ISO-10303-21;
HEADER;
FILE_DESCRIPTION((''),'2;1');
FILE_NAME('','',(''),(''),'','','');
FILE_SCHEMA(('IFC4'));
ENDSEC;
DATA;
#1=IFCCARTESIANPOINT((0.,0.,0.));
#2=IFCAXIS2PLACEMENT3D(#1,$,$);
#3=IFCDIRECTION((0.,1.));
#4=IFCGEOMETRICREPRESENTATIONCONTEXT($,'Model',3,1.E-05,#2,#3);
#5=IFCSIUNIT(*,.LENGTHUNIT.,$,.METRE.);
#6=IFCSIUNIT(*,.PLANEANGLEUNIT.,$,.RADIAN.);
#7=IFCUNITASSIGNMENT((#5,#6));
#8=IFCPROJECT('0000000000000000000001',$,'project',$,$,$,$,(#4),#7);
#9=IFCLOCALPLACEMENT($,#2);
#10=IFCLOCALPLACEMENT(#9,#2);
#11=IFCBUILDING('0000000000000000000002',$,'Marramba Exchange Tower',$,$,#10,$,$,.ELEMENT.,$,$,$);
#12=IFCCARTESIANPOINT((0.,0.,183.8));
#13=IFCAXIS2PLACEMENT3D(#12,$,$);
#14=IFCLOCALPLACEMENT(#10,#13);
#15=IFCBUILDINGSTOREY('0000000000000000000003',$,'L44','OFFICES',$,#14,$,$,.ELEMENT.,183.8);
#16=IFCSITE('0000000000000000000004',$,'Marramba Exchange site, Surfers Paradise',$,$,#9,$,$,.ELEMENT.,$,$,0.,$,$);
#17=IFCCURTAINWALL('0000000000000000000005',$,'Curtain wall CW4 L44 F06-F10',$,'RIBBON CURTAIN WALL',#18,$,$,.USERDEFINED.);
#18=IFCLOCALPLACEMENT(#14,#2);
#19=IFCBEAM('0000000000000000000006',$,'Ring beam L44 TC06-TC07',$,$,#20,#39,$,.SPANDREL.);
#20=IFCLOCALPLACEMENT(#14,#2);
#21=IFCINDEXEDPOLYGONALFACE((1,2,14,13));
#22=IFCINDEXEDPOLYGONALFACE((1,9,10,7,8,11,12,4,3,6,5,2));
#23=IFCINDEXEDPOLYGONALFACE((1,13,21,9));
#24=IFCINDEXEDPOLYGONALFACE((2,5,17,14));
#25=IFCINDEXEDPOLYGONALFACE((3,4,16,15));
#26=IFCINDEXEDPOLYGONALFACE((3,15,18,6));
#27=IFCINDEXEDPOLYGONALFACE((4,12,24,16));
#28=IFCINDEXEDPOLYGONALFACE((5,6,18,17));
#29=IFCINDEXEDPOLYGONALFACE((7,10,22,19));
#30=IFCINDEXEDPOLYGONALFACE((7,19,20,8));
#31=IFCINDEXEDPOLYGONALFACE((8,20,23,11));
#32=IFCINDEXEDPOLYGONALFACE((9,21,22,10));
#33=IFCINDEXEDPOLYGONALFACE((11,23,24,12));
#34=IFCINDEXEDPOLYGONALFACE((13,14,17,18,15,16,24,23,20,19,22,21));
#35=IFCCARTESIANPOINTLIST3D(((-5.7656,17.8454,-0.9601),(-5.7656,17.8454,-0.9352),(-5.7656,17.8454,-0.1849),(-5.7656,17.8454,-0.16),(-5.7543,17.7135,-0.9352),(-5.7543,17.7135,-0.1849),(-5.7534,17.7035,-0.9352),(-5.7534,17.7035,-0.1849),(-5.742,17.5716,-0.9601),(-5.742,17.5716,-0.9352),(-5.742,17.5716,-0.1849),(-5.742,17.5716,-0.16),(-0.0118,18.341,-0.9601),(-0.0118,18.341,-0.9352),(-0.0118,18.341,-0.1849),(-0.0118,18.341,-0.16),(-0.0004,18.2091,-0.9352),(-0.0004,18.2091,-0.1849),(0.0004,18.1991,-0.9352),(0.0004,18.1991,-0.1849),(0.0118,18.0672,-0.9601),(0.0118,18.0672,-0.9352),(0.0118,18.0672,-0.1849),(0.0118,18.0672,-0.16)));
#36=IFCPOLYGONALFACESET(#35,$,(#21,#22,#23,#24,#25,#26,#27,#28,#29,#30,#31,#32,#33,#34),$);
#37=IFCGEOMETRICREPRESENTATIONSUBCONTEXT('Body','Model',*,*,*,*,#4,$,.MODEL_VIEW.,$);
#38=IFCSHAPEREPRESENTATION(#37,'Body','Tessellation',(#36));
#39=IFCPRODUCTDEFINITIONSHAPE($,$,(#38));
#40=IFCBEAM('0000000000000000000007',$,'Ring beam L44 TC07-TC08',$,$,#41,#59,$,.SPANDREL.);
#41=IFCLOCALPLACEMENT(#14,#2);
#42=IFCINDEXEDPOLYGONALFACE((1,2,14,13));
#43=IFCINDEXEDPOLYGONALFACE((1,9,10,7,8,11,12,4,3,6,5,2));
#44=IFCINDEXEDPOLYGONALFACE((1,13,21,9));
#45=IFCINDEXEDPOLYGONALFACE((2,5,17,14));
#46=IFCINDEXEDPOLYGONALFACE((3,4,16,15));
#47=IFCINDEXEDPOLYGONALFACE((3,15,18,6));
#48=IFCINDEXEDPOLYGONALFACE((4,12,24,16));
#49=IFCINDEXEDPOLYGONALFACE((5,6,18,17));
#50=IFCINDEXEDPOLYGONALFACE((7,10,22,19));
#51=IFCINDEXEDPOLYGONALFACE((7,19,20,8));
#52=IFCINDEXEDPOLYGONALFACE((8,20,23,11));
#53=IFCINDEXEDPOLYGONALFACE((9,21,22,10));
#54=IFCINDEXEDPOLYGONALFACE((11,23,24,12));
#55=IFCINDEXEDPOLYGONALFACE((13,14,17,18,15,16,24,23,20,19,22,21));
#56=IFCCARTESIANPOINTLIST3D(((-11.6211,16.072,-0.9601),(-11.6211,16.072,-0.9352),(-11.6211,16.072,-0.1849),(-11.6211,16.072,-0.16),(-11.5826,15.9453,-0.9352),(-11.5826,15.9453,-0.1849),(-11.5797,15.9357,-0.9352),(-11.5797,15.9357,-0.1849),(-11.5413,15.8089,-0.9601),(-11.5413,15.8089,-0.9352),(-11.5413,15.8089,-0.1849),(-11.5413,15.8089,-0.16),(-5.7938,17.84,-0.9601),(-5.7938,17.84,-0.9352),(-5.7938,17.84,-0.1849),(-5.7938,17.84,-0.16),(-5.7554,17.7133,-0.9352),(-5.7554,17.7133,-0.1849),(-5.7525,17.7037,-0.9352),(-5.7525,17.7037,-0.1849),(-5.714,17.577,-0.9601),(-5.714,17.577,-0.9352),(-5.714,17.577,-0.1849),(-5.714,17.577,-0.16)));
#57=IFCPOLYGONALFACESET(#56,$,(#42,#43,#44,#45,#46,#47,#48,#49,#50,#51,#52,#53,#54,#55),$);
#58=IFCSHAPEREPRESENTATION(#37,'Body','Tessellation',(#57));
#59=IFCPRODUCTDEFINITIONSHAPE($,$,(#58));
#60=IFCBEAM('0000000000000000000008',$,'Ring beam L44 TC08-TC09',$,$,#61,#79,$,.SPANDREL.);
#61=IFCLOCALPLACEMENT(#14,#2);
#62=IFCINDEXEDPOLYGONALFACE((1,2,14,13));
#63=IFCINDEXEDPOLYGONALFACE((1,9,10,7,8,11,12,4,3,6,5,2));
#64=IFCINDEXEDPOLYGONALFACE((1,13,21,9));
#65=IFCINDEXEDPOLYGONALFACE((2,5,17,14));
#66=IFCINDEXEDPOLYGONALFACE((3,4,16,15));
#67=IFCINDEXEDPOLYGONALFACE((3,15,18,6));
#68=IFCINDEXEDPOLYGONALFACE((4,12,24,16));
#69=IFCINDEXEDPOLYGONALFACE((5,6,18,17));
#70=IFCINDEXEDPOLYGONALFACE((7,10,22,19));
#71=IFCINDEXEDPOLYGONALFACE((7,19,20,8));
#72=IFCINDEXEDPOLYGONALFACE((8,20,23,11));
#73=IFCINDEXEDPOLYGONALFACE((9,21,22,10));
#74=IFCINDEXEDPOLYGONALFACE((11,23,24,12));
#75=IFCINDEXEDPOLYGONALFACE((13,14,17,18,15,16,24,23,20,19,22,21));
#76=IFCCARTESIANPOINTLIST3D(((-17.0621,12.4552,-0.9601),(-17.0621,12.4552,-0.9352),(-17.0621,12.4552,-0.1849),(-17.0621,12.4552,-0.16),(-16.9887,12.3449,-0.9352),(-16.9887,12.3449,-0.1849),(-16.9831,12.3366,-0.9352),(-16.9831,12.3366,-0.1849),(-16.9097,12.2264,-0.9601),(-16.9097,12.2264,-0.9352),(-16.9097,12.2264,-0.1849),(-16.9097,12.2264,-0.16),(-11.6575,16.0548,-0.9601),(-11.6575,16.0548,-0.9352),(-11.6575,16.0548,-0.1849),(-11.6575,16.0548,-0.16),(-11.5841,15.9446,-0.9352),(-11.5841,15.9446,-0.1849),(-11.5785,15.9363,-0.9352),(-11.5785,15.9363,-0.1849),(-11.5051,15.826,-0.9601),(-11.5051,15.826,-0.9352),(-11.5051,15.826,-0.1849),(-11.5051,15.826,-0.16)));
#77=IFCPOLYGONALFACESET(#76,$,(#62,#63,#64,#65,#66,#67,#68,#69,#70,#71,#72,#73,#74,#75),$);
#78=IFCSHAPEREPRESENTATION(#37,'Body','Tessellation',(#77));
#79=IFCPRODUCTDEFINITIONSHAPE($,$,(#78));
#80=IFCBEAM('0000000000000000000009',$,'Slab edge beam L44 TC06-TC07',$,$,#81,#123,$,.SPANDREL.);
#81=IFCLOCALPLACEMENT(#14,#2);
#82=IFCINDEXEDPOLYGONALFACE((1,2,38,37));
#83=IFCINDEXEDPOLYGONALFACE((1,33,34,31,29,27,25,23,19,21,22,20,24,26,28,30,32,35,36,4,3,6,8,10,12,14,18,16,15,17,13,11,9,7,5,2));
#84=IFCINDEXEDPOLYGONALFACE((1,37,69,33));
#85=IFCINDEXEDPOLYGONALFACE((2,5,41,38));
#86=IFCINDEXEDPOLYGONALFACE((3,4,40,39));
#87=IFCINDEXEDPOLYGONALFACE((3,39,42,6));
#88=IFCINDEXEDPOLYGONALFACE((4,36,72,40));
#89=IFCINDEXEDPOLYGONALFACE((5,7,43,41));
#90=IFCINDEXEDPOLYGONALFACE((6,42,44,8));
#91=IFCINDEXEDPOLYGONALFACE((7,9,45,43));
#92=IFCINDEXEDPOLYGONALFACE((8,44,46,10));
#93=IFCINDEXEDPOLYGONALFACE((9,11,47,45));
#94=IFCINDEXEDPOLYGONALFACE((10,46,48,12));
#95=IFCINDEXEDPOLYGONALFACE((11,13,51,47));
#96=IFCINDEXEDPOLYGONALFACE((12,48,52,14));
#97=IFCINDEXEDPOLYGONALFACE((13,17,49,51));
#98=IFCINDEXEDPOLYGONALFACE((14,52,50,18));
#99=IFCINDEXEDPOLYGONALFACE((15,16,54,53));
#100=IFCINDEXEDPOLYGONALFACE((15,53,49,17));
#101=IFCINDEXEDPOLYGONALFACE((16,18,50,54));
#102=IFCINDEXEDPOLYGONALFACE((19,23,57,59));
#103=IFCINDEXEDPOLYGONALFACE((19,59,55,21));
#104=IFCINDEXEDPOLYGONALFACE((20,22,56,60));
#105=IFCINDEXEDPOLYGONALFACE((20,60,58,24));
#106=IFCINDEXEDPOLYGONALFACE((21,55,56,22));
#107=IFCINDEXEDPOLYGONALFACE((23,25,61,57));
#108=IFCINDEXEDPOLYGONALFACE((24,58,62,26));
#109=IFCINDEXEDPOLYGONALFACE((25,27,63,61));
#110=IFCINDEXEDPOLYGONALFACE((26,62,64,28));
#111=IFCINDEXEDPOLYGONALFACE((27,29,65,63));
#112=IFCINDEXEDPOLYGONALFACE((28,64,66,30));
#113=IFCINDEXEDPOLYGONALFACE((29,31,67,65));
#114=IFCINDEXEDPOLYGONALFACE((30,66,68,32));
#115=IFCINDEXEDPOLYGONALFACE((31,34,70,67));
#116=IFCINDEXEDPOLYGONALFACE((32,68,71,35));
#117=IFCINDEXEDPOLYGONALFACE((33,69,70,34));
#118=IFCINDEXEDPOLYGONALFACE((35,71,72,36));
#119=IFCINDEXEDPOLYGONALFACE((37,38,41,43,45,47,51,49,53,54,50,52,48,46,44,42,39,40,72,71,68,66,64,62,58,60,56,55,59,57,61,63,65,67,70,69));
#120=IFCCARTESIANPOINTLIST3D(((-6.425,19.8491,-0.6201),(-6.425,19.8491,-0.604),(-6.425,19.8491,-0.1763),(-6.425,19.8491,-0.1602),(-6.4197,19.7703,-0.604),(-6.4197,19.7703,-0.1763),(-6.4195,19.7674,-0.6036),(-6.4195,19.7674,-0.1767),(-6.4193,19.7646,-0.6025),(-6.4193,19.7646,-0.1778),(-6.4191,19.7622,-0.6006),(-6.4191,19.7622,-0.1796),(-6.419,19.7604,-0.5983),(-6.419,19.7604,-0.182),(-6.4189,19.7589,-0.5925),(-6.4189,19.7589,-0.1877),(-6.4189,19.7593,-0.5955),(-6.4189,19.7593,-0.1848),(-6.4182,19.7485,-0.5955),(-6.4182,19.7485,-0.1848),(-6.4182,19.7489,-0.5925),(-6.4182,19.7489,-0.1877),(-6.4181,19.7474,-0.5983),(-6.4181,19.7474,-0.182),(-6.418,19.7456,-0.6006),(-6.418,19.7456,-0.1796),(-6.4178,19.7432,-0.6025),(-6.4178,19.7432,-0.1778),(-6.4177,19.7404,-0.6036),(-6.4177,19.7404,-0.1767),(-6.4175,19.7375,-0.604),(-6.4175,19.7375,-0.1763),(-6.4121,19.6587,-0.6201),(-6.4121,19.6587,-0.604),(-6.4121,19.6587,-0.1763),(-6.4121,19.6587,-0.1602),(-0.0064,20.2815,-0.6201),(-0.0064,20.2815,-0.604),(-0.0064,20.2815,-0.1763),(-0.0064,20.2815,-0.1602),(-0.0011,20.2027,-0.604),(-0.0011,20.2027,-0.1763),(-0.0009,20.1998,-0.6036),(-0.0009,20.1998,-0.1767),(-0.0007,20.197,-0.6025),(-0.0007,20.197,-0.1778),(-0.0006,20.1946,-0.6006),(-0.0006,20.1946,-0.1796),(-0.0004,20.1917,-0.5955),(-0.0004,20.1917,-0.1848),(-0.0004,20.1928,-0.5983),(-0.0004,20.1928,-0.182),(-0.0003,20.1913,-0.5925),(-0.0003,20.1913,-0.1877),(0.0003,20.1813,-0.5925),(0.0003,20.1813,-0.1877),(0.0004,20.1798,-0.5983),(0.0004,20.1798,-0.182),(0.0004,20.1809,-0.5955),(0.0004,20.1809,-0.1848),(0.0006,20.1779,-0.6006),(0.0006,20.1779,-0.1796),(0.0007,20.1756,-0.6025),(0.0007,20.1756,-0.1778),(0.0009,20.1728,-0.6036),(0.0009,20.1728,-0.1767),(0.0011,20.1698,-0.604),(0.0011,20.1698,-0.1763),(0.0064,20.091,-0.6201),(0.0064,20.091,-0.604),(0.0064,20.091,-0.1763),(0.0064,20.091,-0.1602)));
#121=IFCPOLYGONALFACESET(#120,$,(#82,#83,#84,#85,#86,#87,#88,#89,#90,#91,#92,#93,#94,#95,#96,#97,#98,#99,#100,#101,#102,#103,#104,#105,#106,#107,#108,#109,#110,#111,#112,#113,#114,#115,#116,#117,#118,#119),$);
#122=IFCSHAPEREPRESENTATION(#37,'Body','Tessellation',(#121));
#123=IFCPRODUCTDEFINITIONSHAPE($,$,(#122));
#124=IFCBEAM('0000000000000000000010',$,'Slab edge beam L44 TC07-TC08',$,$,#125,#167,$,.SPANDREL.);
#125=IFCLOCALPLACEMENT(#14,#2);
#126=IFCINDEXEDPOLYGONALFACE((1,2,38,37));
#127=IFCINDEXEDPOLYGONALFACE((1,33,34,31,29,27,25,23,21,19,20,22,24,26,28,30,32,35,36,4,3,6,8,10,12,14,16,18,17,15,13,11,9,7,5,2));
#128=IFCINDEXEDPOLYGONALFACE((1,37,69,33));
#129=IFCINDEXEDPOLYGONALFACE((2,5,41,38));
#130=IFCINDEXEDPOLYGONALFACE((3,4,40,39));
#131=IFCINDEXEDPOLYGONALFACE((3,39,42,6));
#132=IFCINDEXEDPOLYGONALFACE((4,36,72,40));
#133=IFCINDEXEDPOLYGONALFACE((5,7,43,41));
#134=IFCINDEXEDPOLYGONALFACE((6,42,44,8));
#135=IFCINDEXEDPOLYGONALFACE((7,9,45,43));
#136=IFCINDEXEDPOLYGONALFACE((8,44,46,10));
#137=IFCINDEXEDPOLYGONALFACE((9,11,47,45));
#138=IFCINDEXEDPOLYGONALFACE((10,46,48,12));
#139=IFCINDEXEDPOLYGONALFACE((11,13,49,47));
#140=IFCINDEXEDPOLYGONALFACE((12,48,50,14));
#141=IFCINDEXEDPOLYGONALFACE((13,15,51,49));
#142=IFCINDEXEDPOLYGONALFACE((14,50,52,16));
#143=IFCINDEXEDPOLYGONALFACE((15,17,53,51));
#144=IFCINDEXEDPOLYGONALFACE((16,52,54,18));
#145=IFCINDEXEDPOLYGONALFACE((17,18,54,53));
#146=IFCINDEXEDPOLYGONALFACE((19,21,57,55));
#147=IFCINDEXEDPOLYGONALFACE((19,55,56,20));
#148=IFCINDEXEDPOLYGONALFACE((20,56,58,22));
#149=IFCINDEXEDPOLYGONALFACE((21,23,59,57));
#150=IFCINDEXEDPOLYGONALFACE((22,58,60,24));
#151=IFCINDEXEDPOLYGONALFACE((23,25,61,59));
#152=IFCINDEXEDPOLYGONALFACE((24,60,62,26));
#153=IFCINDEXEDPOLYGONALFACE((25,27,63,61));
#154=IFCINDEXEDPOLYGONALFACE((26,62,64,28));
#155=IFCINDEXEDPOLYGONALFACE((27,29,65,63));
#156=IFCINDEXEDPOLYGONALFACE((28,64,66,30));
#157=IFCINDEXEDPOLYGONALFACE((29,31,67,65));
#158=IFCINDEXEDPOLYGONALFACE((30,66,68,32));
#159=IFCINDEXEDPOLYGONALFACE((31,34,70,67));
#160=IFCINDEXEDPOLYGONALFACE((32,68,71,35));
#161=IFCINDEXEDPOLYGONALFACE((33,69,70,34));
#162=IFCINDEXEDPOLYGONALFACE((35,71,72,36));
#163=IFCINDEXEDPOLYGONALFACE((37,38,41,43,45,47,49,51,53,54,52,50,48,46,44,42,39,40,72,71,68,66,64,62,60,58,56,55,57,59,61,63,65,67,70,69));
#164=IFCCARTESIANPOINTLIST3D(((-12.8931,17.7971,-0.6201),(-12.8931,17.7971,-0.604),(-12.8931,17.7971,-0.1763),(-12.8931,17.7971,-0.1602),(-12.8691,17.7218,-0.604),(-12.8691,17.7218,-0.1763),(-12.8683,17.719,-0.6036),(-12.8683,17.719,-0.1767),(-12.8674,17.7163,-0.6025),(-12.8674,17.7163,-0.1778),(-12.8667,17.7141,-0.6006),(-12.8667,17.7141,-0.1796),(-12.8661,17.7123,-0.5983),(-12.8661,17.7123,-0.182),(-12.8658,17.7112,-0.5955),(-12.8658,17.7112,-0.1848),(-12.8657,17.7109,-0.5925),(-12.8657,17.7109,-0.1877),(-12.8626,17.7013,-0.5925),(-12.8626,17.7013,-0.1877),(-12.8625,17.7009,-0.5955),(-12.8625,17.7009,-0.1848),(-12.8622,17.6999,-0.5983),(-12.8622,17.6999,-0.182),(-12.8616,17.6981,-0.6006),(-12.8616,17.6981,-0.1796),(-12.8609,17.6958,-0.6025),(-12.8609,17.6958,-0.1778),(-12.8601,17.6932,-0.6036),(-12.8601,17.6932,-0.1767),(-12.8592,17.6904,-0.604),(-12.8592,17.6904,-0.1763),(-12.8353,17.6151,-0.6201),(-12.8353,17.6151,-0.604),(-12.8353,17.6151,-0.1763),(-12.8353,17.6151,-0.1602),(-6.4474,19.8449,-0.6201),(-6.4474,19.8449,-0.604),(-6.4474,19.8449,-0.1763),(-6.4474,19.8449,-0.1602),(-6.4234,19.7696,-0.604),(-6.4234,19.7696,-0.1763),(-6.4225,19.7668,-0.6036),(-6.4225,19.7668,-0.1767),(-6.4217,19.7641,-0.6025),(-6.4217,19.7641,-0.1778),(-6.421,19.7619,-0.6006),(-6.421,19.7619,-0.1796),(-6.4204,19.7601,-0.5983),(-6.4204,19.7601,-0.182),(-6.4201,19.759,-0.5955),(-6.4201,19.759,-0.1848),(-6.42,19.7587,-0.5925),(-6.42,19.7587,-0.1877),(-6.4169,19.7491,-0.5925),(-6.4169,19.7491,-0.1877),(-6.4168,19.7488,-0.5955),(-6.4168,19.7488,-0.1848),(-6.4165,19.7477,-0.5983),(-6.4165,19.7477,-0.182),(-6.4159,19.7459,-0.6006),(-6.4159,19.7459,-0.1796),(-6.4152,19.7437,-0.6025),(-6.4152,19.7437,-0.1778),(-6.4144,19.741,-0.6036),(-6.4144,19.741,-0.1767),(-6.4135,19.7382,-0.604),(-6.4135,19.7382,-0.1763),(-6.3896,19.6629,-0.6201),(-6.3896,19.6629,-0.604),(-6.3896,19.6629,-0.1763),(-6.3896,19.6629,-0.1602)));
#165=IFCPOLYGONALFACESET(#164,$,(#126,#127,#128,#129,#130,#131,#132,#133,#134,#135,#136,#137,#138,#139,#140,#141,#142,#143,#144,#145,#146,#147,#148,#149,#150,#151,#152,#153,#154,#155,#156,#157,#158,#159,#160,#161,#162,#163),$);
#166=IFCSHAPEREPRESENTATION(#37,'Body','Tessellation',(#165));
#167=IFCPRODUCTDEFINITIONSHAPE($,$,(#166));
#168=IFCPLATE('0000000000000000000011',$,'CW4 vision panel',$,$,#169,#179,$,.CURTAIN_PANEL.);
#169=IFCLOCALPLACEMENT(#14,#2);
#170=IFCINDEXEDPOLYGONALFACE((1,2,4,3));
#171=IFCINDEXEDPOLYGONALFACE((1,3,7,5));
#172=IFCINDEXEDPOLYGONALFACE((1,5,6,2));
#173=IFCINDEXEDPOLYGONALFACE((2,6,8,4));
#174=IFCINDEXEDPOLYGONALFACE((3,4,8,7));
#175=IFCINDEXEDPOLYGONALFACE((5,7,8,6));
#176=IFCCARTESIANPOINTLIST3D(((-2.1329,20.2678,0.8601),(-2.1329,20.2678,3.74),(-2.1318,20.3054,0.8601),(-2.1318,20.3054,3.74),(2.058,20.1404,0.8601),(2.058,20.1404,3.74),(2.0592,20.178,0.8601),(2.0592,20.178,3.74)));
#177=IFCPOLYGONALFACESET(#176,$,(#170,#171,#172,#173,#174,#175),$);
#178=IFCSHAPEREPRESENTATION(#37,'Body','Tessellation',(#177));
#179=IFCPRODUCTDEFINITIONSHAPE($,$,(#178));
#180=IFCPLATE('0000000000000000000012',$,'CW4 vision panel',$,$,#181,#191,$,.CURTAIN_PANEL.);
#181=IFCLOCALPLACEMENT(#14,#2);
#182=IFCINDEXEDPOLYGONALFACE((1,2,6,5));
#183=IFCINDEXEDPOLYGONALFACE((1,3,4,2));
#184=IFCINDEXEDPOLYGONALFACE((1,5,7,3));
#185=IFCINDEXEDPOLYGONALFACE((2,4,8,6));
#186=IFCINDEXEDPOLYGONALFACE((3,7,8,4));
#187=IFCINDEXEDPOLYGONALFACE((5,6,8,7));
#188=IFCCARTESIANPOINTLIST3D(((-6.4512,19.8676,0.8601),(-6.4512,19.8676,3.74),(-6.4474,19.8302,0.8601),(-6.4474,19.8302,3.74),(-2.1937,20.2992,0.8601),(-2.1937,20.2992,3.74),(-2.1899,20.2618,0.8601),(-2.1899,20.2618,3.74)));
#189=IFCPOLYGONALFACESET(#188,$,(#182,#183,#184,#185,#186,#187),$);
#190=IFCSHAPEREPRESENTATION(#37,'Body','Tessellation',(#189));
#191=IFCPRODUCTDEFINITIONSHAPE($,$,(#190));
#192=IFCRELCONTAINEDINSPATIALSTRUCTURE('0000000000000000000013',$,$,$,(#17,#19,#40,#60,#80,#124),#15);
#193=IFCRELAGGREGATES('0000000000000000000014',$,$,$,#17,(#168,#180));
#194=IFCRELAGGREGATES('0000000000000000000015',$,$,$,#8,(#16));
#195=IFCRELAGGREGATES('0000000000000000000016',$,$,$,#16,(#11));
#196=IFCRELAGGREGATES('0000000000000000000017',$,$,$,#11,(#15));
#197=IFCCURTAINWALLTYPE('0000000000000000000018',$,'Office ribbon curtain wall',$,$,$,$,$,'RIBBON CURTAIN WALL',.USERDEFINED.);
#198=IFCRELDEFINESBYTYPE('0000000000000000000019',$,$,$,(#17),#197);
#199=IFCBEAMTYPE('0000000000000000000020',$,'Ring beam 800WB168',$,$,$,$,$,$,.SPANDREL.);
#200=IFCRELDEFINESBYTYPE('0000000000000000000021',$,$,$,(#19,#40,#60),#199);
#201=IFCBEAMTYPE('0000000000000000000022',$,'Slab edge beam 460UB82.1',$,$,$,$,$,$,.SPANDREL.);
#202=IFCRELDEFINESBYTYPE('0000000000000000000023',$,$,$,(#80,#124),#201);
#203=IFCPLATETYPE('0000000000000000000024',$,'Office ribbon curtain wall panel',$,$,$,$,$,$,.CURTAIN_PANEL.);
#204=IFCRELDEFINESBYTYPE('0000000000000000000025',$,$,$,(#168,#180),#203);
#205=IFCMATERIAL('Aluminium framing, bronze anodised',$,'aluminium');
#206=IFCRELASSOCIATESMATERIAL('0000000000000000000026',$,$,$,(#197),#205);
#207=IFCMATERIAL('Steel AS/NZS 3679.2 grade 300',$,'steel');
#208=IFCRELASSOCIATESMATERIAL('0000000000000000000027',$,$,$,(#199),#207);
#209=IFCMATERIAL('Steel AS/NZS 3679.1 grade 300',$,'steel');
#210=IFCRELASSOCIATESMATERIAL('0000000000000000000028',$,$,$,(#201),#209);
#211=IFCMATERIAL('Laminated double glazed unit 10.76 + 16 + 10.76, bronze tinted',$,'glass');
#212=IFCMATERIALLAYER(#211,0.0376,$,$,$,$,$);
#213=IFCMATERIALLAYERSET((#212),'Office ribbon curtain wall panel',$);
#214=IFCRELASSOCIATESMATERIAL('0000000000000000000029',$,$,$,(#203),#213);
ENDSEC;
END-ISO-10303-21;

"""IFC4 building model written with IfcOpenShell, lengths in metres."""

from ifc_helpers import new_model, si_unit, direction, frame, origin, origin_2d, place, context, subcontext, project, spatial, rectangle, i_section, extrude, material, layer, layer_set, material_profile, profile_set, type_object, element, aggregate, save


model = new_model("IFC4")

# Units and contexts
model_context = context("Model", 3, precision=1e-05, world=origin(), true_north=direction((0.0, 1.0)))
body_context = subcontext(model_context, "Body", "Model", "MODEL_VIEW")
ifc_project = project(units=[si_unit("LENGTHUNIT", "METRE"), si_unit("PLANEANGLEUNIT", "RADIAN")], contexts=[model_context])

# Site, building, storey
site_placement = place(None, origin())
site = spatial("IfcSite", under=ifc_project, at=site_placement, Name="Marramba Exchange site, Surfers Paradise", CompositionType="ELEMENT", RefElevation=0.0)
building_placement = place(site_placement, origin())
building = spatial("IfcBuilding", under=site, at=building_placement, Name="Marramba Exchange Tower", CompositionType="ELEMENT")
storey_placement = place(building_placement, frame((0.0, 0.0, 183.8)))
storey = spatial("IfcBuildingStorey", under=building, at=storey_placement, Name="L44", Description="OFFICES", CompositionType="ELEMENT", Elevation=183.8)

# Shared definitions
ifc_material_1 = material(Name="Steel AS/NZS 3679.2 grade 300", Category="steel")

# Curtain wall
ifc_material_2 = material(Name="Aluminium framing, bronze anodised", Category="aluminium")
curtain_wall_type = type_object("IfcCurtainWallType", Name="Office ribbon curtain wall", ElementType="RIBBON CURTAIN WALL", PredefinedType="USERDEFINED", material=ifc_material_2)
curtain_wall_1_placement = place(storey_placement, origin())
curtain_wall_1 = element("IfcCurtainWall", 1, at=curtain_wall_1_placement, inside=storey, type_object=curtain_wall_type, Name="Curtain wall CW4 L44 F06-F10", ObjectType="RIBBON CURTAIN WALL", PredefinedType="USERDEFINED")

# Beams
ifc_material_profile_1 = material_profile(ifc_material_1, i_section(OverallWidth=0.2749, OverallDepth=0.8, WebThickness=0.01, FlangeThickness=0.0249, at=origin_2d()), Name="800WB168")
ifc_profile_set_1 = profile_set([ifc_material_profile_1], Name="Steel AS/NZS 3679.2 grade 300")
beam_type_1 = type_object("IfcBeamType", Name="Ring beam 800WB168", PredefinedType="SPANDREL", material=ifc_profile_set_1)
beam_1_placement = place(storey_placement, frame((0.0, 18.2041, -0.5601), z_axis=(-0.996311, -0.085816, 0.0), x_axis=(0.085816, -0.996311, 0.0)))
element("IfcBeam", 2, at=beam_1_placement, inside=storey, type_object=beam_type_1, Name="Ring beam L44 TC06-TC07", PredefinedType="SPANDREL", context=body_context, shape_type="SweptSolid", body=[
    extrude(i_section(OverallWidth=0.2749, OverallDepth=0.8, WebThickness=0.01, FlangeThickness=0.0249, at=origin_2d()), origin(), (0.0, 0.0, 1.0), 5.7751),
])
beam_2_placement = place(storey_placement, frame((-5.7539, 17.7085, -0.5601), z_axis=(-0.956925, -0.290337, 0.0), x_axis=(0.290337, -0.956925, 0.0)))
element("IfcBeam", 3, at=beam_2_placement, inside=storey, type_object=beam_type_1, Name="Ring beam L44 TC07-TC08", PredefinedType="SPANDREL", context=body_context, shape_type="SweptSolid", body=[
    extrude(i_section(OverallWidth=0.2749, OverallDepth=0.8, WebThickness=0.01, FlangeThickness=0.0249, at=origin_2d()), origin(), (0.0, 0.0, 1.0), 6.0896),
])
beam_3_placement = place(storey_placement, frame((-11.5813, 15.9404, -0.5601), z_axis=(-0.832293, -0.554336, 0.0), x_axis=(0.554336, -0.832293, 0.0)))
element("IfcBeam", 4, at=beam_3_placement, inside=storey, type_object=beam_type_1, Name="Ring beam L44 TC08-TC09", PredefinedType="SPANDREL", context=body_context, shape_type="SweptSolid", body=[
    extrude(i_section(OverallWidth=0.2749, OverallDepth=0.8, WebThickness=0.01, FlangeThickness=0.0249, at=origin_2d()), origin(), (0.0, 0.0, 1.0), 6.4937),
])
ifc_material_3 = material(Name="Steel AS/NZS 3679.1 grade 300", Category="steel")
ifc_material_profile_2 = material_profile(ifc_material_3, i_section(OverallWidth=0.1909, OverallDepth=0.46, WebThickness=0.01, FlangeThickness=0.0161, FilletRadius=0.0115, at=origin_2d()), Name="460UB82.1")
ifc_profile_set_2 = profile_set([ifc_material_profile_2], Name="Steel AS/NZS 3679.1 grade 300")
beam_type_2 = type_object("IfcBeamType", Name="Slab edge beam 460UB82.1", PredefinedType="SPANDREL", material=ifc_profile_set_2)
beam_4_placement = place(storey_placement, frame((0.0, 20.1863, -0.3901), z_axis=(-0.997739, -0.067212, 0.0), x_axis=(0.067212, -0.997739, 0.0)))
element("IfcBeam", 5, at=beam_4_placement, inside=storey, type_object=beam_type_2, Name="Slab edge beam L44 TC06-TC07", PredefinedType="SPANDREL", context=body_context, shape_type="SweptSolid", body=[
    extrude(i_section(OverallWidth=0.1909, OverallDepth=0.46, WebThickness=0.01, FlangeThickness=0.0161, FilletRadius=0.0115, at=origin_2d()), origin(), (0.0, 0.0, 1.0), 6.4331),
])
beam_5_placement = place(storey_placement, frame((-6.4185, 19.7539, -0.3901), z_axis=(-0.953057, -0.302789, 0.0), x_axis=(0.302789, -0.953057, 0.0)))
element("IfcBeam", 6, at=beam_5_placement, inside=storey, type_object=beam_type_2, Name="Slab edge beam L44 TC07-TC08", PredefinedType="SPANDREL", context=body_context, shape_type="SweptSolid", body=[
    extrude(i_section(OverallWidth=0.1909, OverallDepth=0.46, WebThickness=0.01, FlangeThickness=0.0161, FilletRadius=0.0115, at=origin_2d()), origin(), (0.0, 0.0, 1.0), 6.7632),
])

# Plates
ifc_material_4 = material(Name="Laminated double glazed unit 10.76 + 16 + 10.76, bronze tinted", Category="glass")
ifc_layer_1 = layer(ifc_material_4, 0.0376)
ifc_layer_set_1 = layer_set([ifc_layer_1], Name="Office ribbon curtain wall panel")
plate_type = type_object("IfcPlateType", Name="Office ribbon curtain wall panel", PredefinedType="CURTAIN_PANEL", material=ifc_layer_set_1)
plate_1_placement = place(storey_placement, frame((-0.0369, 20.2229, 0.8601), z_axis=(0.0, 0.0, 1.0), x_axis=(-0.999538, 0.030394, 0.0)))
plate_1 = element("IfcPlate", 7, at=plate_1_placement, type_object=plate_type, Name="CW4 vision panel", PredefinedType="CURTAIN_PANEL", context=body_context, shape_type="SweptSolid", body=[
    extrude(rectangle(XDim=4.1929, YDim=0.0376, at=origin_2d()), origin(), (0.0, 0.0, 1.0), 2.8799),
])
plate_2_placement = place(storey_placement, frame((-4.3206, 20.0647, 0.8601), z_axis=(0.0, 0.0, 1.0), x_axis=(-0.9949, -0.100863, 0.0)))
plate_2 = element("IfcPlate", 8, at=plate_2_placement, type_object=plate_type, Name="CW4 vision panel", PredefinedType="CURTAIN_PANEL", context=body_context, shape_type="SweptSolid", body=[
    extrude(rectangle(XDim=4.2793, YDim=0.0376, at=origin_2d()), origin(), (0.0, 0.0, 1.0), 2.8799),
])
aggregate(curtain_wall_1, [plate_1, plate_2])

save(model, "model.ifc")
